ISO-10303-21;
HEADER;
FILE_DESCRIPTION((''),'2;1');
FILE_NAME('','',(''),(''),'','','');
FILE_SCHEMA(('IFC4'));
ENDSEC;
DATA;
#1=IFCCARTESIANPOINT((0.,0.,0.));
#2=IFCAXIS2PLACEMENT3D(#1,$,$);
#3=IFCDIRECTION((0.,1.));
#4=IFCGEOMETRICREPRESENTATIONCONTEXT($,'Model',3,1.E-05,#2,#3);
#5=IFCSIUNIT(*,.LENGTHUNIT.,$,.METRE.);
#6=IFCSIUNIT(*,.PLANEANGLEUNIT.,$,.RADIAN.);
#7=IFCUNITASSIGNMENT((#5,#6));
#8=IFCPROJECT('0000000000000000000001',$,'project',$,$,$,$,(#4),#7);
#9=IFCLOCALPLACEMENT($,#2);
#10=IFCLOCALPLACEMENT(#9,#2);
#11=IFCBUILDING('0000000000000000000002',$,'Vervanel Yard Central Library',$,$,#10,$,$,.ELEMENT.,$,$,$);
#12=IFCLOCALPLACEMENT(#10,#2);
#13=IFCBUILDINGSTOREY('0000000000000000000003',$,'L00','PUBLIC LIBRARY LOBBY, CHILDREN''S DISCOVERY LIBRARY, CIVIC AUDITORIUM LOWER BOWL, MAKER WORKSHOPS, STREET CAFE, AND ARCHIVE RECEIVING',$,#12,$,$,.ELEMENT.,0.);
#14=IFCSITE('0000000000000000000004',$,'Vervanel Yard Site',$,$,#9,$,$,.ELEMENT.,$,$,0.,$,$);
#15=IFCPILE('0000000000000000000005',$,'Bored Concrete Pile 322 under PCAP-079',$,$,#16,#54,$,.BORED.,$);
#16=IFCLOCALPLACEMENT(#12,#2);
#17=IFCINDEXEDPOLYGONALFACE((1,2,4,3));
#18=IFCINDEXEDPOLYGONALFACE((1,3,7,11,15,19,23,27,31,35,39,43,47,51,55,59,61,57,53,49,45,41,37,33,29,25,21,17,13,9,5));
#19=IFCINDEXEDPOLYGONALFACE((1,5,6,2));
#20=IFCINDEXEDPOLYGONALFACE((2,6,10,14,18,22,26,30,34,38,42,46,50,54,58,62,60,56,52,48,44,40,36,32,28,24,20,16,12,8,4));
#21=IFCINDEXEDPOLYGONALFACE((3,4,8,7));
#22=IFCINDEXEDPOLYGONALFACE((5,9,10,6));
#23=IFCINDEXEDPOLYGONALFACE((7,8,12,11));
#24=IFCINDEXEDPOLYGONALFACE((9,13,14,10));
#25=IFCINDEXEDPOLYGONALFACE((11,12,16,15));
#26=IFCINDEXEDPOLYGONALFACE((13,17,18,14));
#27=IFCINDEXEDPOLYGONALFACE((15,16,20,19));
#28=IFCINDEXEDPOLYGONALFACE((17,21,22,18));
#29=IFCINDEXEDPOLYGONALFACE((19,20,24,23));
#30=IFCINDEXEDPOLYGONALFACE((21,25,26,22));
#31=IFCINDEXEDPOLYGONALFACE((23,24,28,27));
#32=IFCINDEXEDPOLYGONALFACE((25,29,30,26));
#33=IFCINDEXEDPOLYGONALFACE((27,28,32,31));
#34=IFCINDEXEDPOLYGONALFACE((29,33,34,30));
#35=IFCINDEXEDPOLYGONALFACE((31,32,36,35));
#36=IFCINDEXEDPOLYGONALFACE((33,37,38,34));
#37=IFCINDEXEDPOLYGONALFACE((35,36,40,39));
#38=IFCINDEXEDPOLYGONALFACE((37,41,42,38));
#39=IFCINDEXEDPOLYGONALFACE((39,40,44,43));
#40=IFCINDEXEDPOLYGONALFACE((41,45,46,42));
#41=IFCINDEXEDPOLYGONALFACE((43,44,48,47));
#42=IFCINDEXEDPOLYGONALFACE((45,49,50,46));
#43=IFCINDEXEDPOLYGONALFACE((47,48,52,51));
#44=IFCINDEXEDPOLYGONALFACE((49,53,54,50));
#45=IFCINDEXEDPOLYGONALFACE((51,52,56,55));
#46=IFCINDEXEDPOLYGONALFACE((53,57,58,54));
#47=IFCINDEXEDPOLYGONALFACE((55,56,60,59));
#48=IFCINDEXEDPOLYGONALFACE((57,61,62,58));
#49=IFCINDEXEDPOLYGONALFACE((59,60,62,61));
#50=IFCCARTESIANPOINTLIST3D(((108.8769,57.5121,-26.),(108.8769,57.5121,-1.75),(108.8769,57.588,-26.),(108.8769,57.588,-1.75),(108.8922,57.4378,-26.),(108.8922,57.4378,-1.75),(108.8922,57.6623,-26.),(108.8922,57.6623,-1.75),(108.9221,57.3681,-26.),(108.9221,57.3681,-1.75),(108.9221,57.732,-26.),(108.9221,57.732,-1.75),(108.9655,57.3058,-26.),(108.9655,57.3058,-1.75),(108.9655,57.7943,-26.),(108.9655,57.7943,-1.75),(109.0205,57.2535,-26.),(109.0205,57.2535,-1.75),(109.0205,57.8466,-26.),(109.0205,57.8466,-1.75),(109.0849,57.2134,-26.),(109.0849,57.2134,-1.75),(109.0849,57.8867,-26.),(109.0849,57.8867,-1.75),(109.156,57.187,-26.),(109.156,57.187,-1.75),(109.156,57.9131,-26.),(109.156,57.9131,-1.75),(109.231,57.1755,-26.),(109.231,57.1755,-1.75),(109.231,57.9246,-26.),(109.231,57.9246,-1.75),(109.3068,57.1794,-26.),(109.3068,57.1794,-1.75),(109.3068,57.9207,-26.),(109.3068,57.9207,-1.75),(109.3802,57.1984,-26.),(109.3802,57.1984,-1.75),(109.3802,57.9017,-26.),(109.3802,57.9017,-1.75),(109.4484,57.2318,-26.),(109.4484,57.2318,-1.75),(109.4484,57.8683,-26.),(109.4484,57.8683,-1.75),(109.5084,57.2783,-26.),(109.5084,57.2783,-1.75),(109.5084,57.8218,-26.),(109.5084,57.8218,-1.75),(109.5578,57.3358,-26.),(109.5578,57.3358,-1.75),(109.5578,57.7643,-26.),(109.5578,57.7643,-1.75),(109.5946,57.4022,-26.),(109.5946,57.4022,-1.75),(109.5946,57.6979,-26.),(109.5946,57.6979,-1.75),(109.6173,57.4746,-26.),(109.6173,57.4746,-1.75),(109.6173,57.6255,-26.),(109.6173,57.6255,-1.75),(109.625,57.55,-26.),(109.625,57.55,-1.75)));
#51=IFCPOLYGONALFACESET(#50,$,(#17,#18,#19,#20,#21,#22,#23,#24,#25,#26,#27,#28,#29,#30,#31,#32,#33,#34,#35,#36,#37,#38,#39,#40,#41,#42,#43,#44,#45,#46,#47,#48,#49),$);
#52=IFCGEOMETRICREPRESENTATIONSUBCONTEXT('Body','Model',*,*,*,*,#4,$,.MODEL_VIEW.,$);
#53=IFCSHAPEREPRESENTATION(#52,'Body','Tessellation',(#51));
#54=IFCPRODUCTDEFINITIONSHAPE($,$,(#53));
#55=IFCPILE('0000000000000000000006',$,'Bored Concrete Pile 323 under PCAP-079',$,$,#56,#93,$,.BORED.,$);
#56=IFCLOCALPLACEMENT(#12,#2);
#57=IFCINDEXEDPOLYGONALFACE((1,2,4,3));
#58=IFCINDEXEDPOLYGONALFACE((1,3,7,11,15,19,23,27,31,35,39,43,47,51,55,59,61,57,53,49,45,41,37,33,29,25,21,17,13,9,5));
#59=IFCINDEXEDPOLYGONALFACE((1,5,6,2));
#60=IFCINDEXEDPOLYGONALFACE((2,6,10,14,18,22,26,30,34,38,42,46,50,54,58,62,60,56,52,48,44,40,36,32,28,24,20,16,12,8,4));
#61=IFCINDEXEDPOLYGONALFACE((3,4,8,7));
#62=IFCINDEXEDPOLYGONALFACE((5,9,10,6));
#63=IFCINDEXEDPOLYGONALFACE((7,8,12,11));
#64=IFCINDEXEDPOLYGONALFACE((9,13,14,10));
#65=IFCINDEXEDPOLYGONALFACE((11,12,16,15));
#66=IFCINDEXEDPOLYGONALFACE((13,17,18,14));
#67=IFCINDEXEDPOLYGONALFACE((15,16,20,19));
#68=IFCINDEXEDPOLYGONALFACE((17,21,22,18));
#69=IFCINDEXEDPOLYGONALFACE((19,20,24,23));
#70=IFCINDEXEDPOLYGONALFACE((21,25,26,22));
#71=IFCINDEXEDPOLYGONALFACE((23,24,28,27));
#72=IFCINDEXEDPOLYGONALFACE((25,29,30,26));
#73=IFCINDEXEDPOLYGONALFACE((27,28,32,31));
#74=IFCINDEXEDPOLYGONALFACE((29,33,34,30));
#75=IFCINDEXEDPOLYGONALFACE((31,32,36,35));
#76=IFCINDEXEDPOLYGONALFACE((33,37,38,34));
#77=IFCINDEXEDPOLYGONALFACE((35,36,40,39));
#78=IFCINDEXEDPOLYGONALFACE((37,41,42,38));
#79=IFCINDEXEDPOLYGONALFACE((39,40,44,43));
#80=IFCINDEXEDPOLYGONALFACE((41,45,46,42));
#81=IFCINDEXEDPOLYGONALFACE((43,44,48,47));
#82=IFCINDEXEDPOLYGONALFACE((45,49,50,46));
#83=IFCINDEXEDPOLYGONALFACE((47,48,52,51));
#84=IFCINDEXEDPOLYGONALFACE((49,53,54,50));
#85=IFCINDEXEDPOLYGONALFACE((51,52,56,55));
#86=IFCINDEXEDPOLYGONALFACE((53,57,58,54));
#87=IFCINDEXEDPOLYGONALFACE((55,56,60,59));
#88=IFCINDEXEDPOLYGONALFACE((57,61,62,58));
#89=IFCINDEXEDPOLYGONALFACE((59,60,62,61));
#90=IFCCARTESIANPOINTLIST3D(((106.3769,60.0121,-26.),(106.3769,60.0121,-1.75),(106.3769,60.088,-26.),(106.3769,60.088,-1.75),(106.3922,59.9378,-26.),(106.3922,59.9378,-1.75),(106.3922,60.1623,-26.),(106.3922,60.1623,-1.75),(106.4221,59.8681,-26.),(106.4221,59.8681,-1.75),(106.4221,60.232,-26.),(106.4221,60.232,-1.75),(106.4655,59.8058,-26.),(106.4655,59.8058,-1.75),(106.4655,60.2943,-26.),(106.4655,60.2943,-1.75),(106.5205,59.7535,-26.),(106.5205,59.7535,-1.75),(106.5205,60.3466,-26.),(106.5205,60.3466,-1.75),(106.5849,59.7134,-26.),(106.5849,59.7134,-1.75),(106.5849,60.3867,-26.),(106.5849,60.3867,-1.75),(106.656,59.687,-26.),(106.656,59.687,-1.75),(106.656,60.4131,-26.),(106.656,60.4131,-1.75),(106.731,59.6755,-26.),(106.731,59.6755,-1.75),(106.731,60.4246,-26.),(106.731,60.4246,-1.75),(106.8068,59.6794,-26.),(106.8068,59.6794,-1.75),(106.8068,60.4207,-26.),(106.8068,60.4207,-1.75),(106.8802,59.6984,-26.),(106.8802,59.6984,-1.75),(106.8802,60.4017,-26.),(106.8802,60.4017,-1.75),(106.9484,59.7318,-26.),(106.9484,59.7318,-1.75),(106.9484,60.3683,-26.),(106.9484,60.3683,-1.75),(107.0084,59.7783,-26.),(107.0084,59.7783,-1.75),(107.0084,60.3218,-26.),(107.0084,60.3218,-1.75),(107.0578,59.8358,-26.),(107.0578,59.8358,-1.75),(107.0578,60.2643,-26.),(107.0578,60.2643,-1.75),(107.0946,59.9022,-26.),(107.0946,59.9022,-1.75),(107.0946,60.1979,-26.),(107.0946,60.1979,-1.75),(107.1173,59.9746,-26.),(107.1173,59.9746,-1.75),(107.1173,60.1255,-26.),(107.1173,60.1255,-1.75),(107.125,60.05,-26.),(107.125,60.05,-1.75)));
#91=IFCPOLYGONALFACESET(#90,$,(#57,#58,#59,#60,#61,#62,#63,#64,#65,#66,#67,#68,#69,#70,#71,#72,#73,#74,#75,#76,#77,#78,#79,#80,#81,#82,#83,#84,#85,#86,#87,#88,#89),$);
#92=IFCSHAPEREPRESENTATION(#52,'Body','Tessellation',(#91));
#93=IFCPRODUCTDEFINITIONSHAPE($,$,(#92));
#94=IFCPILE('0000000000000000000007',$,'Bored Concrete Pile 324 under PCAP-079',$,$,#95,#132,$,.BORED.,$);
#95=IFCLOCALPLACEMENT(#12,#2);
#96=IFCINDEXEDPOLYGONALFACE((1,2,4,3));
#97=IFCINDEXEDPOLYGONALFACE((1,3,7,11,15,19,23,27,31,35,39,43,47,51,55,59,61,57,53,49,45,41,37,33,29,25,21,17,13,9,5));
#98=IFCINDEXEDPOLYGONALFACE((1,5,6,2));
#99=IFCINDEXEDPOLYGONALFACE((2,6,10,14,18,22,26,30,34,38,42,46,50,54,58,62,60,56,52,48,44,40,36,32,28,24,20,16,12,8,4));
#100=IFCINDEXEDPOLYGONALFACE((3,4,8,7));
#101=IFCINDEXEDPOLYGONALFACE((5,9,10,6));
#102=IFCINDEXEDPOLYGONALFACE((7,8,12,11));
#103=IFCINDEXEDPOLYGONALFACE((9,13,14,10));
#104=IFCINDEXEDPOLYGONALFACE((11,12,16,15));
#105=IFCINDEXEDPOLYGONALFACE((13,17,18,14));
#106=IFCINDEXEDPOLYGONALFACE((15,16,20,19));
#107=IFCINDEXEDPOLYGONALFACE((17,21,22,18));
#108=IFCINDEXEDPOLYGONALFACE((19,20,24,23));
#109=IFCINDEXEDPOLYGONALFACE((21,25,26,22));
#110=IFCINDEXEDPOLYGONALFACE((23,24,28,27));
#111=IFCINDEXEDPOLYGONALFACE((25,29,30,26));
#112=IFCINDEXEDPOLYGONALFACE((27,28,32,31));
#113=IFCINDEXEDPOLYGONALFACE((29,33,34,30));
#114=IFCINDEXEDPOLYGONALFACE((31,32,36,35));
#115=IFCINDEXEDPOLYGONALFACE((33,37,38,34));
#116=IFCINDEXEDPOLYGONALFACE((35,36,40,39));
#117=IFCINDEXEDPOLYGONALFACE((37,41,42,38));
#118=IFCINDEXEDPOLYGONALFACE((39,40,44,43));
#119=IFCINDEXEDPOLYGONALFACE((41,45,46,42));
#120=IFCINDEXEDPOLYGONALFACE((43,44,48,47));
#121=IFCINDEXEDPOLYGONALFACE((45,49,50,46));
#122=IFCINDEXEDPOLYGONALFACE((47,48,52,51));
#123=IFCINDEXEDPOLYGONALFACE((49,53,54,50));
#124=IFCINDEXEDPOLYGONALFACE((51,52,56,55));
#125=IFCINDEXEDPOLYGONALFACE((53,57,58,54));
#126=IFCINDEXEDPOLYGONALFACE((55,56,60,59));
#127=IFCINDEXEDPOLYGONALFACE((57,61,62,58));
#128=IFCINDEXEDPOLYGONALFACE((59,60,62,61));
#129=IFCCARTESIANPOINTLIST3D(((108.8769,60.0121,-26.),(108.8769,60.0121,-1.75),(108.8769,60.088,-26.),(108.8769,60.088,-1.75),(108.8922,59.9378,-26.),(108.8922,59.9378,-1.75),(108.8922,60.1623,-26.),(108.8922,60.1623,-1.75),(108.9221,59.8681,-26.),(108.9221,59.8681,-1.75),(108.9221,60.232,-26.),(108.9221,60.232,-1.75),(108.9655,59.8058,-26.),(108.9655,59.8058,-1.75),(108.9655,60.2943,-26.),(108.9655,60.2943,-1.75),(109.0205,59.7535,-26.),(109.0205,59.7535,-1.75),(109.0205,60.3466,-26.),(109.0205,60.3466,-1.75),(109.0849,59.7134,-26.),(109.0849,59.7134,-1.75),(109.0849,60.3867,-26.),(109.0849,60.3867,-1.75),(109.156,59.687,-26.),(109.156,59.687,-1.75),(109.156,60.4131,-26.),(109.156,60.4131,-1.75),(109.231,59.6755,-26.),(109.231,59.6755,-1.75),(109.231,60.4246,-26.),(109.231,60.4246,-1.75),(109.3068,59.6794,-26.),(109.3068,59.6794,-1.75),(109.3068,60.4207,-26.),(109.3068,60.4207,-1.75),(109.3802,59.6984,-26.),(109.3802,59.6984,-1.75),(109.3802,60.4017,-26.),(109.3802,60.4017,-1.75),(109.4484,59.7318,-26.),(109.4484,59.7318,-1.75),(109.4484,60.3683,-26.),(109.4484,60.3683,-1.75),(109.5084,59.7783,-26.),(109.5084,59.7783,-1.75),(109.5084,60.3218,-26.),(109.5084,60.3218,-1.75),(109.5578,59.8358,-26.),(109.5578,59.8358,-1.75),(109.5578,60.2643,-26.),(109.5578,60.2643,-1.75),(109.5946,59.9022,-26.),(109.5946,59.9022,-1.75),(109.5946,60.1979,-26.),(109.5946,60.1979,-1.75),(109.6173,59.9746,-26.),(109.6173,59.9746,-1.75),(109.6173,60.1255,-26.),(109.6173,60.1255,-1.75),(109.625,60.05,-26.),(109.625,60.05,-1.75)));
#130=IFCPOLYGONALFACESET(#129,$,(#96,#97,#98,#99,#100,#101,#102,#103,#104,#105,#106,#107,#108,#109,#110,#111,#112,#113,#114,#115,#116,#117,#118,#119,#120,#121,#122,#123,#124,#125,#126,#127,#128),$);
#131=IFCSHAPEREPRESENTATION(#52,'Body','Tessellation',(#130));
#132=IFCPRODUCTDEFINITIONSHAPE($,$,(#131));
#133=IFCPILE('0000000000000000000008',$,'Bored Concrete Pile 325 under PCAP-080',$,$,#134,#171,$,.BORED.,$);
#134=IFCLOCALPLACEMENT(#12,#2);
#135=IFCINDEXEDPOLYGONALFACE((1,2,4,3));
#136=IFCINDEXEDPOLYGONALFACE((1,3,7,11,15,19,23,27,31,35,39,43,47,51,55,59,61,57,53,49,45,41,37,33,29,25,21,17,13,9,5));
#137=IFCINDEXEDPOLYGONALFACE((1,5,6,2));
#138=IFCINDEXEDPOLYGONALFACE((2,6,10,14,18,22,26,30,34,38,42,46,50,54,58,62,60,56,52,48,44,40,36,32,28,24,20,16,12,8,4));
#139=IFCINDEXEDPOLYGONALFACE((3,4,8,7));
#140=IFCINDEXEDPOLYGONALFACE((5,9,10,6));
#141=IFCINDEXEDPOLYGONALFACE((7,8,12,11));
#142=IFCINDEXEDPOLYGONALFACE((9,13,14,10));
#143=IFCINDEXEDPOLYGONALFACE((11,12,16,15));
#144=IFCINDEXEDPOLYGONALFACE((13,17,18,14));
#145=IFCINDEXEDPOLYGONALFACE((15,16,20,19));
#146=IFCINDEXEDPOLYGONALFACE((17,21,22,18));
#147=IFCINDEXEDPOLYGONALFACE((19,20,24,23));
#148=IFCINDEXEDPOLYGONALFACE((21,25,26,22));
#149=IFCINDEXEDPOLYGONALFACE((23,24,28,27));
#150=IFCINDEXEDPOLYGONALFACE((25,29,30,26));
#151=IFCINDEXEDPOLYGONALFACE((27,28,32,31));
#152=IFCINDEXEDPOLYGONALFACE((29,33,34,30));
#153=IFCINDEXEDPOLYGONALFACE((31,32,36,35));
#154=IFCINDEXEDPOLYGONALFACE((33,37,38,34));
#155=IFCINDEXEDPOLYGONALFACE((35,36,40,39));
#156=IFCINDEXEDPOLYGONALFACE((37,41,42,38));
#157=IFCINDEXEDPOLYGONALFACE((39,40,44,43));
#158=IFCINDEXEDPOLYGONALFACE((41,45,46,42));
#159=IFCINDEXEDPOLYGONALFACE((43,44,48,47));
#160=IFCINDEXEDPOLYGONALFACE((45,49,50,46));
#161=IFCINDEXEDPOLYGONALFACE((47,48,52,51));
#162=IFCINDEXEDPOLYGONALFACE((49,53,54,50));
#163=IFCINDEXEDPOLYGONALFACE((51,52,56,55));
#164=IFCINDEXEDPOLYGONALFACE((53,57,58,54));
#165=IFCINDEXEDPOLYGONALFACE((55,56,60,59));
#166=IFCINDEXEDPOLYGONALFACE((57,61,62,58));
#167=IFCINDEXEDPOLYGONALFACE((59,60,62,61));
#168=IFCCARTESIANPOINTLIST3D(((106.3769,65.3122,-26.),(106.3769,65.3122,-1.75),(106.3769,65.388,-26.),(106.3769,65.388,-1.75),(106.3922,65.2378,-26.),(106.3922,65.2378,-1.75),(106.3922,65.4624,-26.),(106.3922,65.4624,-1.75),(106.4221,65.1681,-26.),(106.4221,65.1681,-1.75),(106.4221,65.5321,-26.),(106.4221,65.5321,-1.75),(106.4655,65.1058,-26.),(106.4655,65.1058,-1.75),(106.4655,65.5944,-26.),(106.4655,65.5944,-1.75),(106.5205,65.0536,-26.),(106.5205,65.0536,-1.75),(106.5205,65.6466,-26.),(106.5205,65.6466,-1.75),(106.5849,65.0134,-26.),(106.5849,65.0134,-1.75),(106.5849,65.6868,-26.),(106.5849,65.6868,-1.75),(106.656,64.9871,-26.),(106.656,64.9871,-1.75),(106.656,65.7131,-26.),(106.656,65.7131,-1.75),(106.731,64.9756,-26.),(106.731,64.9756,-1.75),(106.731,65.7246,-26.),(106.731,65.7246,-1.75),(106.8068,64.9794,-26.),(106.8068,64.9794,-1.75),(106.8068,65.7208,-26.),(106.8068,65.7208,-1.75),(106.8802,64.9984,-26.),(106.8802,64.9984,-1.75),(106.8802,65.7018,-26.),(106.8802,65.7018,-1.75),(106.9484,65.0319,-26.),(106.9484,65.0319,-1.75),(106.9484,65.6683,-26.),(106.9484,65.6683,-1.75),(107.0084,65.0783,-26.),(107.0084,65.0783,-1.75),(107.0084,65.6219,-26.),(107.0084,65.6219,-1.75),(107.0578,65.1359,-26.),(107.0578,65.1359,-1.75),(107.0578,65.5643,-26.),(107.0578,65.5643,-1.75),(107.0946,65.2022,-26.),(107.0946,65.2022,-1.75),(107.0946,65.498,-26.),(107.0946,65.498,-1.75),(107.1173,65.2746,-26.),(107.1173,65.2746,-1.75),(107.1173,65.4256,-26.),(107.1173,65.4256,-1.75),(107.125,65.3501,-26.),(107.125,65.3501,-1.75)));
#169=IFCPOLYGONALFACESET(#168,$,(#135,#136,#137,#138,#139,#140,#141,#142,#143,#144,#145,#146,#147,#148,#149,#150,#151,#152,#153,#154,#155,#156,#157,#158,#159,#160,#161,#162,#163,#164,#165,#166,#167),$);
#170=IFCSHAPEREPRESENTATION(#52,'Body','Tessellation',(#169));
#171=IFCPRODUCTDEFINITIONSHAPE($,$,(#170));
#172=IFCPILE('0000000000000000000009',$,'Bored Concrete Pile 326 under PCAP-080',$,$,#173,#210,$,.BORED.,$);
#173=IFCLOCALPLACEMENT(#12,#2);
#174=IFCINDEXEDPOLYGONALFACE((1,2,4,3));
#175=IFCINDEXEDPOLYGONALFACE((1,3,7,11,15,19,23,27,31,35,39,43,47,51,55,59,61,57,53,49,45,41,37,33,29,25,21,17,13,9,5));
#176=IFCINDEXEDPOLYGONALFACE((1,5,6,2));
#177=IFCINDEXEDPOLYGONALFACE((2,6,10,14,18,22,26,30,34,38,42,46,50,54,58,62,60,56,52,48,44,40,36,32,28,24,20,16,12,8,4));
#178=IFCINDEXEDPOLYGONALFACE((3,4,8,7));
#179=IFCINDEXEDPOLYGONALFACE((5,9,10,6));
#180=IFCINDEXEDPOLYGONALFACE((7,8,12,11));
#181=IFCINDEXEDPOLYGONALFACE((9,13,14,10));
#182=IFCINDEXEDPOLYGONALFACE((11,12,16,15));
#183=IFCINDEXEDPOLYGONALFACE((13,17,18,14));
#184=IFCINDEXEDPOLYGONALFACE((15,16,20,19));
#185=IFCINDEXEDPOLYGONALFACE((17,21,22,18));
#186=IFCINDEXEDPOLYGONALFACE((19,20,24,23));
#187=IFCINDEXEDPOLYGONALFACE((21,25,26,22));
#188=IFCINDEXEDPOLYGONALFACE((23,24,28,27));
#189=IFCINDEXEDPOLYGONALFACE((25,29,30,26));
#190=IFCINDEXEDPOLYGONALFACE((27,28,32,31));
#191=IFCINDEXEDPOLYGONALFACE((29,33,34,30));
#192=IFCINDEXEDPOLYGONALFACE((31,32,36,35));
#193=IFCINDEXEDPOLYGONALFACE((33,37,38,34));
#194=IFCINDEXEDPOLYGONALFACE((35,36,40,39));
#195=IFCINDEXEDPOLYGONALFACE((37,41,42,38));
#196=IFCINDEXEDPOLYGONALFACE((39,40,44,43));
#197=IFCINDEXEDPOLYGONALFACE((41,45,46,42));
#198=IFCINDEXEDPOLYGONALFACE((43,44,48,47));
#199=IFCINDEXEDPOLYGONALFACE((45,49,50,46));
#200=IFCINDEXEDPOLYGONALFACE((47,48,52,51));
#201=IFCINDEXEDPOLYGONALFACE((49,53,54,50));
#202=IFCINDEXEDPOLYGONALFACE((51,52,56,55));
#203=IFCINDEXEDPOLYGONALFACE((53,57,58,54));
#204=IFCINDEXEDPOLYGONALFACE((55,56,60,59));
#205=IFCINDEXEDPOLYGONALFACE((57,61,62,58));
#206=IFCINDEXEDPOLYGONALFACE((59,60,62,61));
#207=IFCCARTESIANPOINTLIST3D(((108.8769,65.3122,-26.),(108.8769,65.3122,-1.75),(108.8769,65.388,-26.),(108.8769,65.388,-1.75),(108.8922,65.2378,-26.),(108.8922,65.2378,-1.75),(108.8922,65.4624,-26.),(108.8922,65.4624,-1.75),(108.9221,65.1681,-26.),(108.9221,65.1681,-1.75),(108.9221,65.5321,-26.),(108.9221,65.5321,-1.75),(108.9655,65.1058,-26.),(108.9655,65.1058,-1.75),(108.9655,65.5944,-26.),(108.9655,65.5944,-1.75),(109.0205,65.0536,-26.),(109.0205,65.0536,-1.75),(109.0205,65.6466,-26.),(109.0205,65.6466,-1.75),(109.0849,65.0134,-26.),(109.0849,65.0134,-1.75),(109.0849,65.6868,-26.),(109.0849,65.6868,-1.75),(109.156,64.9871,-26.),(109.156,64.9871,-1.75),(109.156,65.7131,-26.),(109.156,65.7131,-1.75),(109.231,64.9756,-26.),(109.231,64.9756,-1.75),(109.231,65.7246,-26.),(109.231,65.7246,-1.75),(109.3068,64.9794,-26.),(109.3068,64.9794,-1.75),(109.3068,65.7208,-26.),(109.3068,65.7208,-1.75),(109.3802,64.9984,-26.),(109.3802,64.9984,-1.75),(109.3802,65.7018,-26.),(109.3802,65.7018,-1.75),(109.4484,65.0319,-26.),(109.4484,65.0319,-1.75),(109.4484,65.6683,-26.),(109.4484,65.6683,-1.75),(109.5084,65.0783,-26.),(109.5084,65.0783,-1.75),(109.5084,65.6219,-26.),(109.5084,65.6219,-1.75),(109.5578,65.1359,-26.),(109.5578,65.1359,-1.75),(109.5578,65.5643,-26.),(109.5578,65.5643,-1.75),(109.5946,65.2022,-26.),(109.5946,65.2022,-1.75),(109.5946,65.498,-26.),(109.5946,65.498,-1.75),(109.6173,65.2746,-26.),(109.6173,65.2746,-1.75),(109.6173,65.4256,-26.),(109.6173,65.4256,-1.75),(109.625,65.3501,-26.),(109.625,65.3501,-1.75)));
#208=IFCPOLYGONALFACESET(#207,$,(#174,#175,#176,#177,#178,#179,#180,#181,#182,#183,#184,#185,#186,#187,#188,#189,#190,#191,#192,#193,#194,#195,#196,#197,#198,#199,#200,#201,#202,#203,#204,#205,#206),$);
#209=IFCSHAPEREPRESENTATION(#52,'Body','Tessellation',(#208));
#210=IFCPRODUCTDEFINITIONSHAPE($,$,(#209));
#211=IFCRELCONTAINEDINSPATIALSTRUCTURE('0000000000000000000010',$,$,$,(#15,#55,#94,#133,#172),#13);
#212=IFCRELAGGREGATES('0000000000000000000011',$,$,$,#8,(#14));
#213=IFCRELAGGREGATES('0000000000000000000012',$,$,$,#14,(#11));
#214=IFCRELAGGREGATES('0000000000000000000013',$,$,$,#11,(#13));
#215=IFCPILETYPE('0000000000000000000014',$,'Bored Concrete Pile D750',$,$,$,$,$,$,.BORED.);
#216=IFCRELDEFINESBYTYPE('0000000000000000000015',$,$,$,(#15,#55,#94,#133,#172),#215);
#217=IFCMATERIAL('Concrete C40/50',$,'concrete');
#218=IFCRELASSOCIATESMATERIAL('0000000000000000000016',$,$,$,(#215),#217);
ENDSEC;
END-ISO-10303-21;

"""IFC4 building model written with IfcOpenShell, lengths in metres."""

from ifc_helpers import new_model, si_unit, direction, frame, origin, origin_2d, place, context, subcontext, project, spatial, circle, extrude, material, material_profile, profile_set, type_object, element, save


model = new_model("IFC4")

# Units and contexts
model_context = context("Model", 3, precision=1e-05, world=origin(), true_north=direction((0.0, 1.0)))
body_context = subcontext(model_context, "Body", "Model", "MODEL_VIEW")
ifc_project = project(units=[si_unit("LENGTHUNIT", "METRE"), si_unit("PLANEANGLEUNIT", "RADIAN")], contexts=[model_context])

# Site, building, storey
site_placement = place(None, origin())
site = spatial("IfcSite", under=ifc_project, at=site_placement, Name="Vervanel Yard Site", CompositionType="ELEMENT", RefElevation=0.0)
building_placement = place(site_placement, origin())
building = spatial("IfcBuilding", under=site, at=building_placement, Name="Vervanel Yard Central Library", CompositionType="ELEMENT")
storey_placement = place(building_placement, origin())
storey = spatial("IfcBuildingStorey", under=building, at=storey_placement, Name="L00", Description="PUBLIC LIBRARY LOBBY, CHILDREN'S DISCOVERY LIBRARY, CIVIC AUDITORIUM LOWER BOWL, MAKER WORKSHOPS, STREET CAFE, AND ARCHIVE RECEIVING", CompositionType="ELEMENT", Elevation=0.0)

# Piles
ifc_material_1 = material(Name="Concrete C40/50", Category="concrete")
ifc_material_profile_1 = material_profile(ifc_material_1, circle(Radius=0.375, at=origin_2d()), Name="BP D750", Category="concrete")
ifc_profile_set_1 = profile_set([ifc_material_profile_1], Name="Concrete C40/50")
pile_type_1 = type_object("IfcPileType", Name="Bored Concrete Pile D750", PredefinedType="BORED", material=ifc_profile_set_1)
for number, where, z_axis, x_axis, name in (
    (1, (109.25, 57.55, -1.75), (0.0, 0.0, -1.0), (1.0, 0.0, 0.0), "Bored Concrete Pile 322 under PCAP-079"),
    (2, (106.75, 60.05, -1.75), (0.0, 0.0, -1.0), (1.0, 0.0, 0.0), "Bored Concrete Pile 323 under PCAP-079"),
    (3, (109.25, 60.05, -1.75), (0.0, 0.0, -1.0), (1.0, 0.0, 0.0), "Bored Concrete Pile 324 under PCAP-079"),
    (4, (106.75, 65.3501, -1.75), (0.0, 0.0, -1.0), (1.0, 0.0, 0.0), "Bored Concrete Pile 325 under PCAP-080"),
    (5, (109.25, 65.3501, -1.75), (0.0, 0.0, -1.0), (1.0, 0.0, 0.0), "Bored Concrete Pile 326 under PCAP-080"),
):
    element("IfcPile", number, at=place(storey_placement, frame(where, z_axis=z_axis, x_axis=x_axis)), inside=storey, type_object=pile_type_1, Name=name, PredefinedType="BORED", context=body_context, shape_type="SweptSolid", body=[
        extrude(circle(Radius=0.375, at=origin_2d()), origin(), (0.0, 0.0, 1.0), 24.25),
    ])

save(model, "model.ifc")
